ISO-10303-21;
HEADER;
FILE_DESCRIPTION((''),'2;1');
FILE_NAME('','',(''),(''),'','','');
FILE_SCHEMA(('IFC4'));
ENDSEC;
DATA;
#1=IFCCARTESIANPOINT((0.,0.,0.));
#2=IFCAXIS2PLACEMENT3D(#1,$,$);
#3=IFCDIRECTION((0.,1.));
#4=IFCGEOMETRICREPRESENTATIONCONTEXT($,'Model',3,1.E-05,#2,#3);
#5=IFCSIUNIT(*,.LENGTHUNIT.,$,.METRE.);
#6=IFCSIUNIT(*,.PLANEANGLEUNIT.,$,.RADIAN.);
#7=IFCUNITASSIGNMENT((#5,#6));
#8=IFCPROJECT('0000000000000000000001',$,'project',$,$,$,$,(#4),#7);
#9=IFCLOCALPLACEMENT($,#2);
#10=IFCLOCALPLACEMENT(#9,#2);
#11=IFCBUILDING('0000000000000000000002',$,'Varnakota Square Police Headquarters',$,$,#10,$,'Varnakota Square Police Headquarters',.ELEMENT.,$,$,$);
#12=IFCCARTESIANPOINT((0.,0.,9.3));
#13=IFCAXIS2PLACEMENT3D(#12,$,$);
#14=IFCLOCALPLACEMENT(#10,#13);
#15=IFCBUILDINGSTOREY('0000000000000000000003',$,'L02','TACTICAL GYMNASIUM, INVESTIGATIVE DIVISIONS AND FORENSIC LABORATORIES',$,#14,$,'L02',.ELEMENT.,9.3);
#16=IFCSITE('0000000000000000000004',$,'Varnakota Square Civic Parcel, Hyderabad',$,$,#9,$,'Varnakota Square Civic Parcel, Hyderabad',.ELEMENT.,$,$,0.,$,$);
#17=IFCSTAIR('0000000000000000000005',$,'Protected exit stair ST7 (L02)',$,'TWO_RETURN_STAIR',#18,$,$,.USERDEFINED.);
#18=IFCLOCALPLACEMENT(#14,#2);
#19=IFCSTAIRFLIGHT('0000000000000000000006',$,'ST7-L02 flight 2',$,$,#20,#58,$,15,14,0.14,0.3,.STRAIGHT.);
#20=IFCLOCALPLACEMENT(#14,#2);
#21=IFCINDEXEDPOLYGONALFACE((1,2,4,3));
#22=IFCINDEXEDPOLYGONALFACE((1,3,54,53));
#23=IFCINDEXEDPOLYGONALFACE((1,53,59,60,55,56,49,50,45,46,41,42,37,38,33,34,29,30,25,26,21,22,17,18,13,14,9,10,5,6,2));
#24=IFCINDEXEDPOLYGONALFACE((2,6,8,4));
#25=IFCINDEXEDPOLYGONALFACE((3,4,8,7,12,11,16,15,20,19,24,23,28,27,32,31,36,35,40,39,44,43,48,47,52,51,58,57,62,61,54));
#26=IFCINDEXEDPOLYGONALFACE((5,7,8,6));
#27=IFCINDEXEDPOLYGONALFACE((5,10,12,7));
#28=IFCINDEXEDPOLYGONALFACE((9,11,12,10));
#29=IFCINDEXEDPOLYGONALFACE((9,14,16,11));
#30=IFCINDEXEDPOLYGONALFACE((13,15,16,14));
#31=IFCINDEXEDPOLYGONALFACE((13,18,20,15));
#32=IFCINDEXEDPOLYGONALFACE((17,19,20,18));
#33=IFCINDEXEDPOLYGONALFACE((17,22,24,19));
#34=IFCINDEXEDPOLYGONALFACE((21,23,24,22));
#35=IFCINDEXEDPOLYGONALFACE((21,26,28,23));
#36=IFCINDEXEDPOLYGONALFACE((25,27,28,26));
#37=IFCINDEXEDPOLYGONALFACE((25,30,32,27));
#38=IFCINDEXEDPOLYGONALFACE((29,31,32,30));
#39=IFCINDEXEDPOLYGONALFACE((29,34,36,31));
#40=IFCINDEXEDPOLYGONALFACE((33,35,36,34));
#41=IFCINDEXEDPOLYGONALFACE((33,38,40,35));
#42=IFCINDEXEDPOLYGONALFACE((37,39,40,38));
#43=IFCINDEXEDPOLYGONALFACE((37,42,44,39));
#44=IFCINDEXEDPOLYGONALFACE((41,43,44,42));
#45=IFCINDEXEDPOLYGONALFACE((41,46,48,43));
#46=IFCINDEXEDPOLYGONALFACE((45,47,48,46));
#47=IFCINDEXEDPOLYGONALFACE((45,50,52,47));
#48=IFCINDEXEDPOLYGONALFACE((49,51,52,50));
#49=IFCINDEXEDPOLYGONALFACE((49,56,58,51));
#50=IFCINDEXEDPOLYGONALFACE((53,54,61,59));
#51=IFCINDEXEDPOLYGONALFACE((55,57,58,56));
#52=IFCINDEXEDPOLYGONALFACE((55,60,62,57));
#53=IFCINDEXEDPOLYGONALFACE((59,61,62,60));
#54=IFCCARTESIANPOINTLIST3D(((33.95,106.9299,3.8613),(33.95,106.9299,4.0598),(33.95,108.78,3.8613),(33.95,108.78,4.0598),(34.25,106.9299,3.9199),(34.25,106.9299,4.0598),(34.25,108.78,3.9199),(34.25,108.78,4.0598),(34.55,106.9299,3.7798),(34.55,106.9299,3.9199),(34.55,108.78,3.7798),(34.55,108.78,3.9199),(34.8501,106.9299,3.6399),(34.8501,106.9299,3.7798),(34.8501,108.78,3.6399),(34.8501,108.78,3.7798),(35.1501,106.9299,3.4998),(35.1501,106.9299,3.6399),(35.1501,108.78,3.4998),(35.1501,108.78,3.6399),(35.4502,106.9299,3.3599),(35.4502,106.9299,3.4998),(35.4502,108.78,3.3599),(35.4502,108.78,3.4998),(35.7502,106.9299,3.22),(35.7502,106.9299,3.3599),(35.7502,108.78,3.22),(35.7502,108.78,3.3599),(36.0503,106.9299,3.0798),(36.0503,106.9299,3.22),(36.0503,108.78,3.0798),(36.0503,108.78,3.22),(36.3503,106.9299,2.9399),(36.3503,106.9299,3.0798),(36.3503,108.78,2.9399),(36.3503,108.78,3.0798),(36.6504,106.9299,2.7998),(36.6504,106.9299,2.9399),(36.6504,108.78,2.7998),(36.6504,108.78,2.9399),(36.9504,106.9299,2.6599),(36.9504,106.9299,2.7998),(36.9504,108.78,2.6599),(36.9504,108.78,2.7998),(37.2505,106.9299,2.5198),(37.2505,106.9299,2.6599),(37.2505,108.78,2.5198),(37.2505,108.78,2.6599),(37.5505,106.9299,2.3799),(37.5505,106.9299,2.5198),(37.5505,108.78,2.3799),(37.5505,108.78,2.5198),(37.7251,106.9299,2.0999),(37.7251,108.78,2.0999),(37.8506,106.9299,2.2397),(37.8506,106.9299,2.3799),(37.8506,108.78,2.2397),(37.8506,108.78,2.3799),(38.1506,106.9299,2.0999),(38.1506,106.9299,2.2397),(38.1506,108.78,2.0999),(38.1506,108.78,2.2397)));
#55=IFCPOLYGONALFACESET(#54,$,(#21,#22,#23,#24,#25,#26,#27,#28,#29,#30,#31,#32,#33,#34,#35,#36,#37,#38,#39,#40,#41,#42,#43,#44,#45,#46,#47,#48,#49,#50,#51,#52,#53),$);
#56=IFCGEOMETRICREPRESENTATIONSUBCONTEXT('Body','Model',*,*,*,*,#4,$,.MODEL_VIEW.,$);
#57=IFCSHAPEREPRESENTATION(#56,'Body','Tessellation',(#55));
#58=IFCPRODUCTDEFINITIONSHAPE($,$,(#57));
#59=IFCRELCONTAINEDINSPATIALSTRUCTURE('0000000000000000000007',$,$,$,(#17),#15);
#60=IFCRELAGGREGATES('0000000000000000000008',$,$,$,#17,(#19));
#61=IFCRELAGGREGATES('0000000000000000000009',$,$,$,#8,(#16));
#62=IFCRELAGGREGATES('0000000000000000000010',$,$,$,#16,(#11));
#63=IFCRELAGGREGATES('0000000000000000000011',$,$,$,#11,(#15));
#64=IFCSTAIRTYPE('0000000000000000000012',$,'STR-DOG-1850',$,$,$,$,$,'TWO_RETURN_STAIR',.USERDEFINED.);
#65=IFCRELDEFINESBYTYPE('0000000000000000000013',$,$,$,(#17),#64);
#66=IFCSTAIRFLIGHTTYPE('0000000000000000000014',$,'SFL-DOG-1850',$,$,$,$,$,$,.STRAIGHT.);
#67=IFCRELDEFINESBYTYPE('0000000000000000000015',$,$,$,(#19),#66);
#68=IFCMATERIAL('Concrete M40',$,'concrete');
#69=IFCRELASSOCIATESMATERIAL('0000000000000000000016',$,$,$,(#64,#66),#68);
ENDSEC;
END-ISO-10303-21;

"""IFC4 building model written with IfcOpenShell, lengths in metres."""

from ifc_helpers import new_model, si_unit, direction, frame, origin, place, context, subcontext, project, spatial, polyline, outline, extrude, material, type_object, element, aggregate, save


model = new_model("IFC4")

# Units and contexts
model_context = context("Model", 3, precision=1e-05, world=origin(), true_north=direction((0.0, 1.0)))
body_context = subcontext(model_context, "Body", "Model", "MODEL_VIEW")
ifc_project = project(units=[si_unit("LENGTHUNIT", "METRE"), si_unit("PLANEANGLEUNIT", "RADIAN")], contexts=[model_context])

# Site, building, storey
site_placement = place(None, origin())
site = spatial("IfcSite", under=ifc_project, at=site_placement, Name="Varnakota Square Civic Parcel, Hyderabad", LongName="Varnakota Square Civic Parcel, Hyderabad", CompositionType="ELEMENT", RefElevation=0.0)
building_placement = place(site_placement, origin())
building = spatial("IfcBuilding", under=site, at=building_placement, Name="Varnakota Square Police Headquarters", LongName="Varnakota Square Police Headquarters", CompositionType="ELEMENT")
storey_placement = place(building_placement, frame((0.0, 0.0, 9.3)))
storey = spatial("IfcBuildingStorey", under=building, at=storey_placement, Name="L02", Description="TACTICAL GYMNASIUM, INVESTIGATIVE DIVISIONS AND FORENSIC LABORATORIES", LongName="L02", CompositionType="ELEMENT", Elevation=9.3)

# Stair, stair flight
ifc_material_1 = material(Name="Concrete M40", Category="concrete")
stair_type = type_object("IfcStairType", Name="STR-DOG-1850", ElementType="TWO_RETURN_STAIR", PredefinedType="USERDEFINED", material=ifc_material_1)
stair_placement = place(storey_placement, origin())
stair = element("IfcStair", 1, at=stair_placement, inside=storey, type_object=stair_type, Name="Protected exit stair ST7 (L02)", ObjectType="TWO_RETURN_STAIR", PredefinedType="USERDEFINED")
stair_flight_type = type_object("IfcStairFlightType", Name="SFL-DOG-1850", PredefinedType="STRAIGHT", material=ifc_material_1)
stair_flight_1_placement = place(storey_placement, frame((38.1506, 107.855, 2.0999), z_axis=(0.0, 0.0, 1.0), x_axis=(-1.0, 0.0, 0.0)))
stair_flight_1 = element("IfcStairFlight", 2, at=stair_flight_1_placement, type_object=stair_flight_type, Name="ST7-L02 flight 2", NumberOfRisers=15, NumberOfTreads=14, PredefinedType="STRAIGHT", RiserHeight=0.14, TreadLength=0.3, context=body_context, shape_type="SweptSolid", body=[
    extrude(outline(polyline([(0.0, 0.0), (0.0, 0.1399), (0.3, 0.1399), (0.3, 0.28), (0.6001, 0.28), (0.6001, 0.4199), (0.9001, 0.4199), (0.9001, 0.5601), (1.2002, 0.5601), (1.2002, 0.7), (1.5002, 0.7), (1.5002, 0.8401), (1.8003, 0.8401), (1.8003, 0.98), (2.1003, 0.98), (2.1003, 1.1201), (2.4004, 1.1201), (2.4004, 1.26), (2.7004, 1.26), (2.7004, 1.3999), (3.0005, 1.3999), (3.0005, 1.54), (3.3005, 1.54), (3.3005, 1.6799), (3.6006, 1.6799), (3.6006, 1.8201), (3.9006, 1.8201), (3.9006, 1.96), (4.2007, 1.96), (4.2007, 2.1001), (4.2007, 1.7615), (0.4255, 0.0), (0.0, 0.0)])), frame((0.0, 0.925, 0.0), z_axis=(0.0, -1.0, 0.0), x_axis=(1.0, 0.0, 0.0)), (0.0, 0.0, 1.0), 1.8501),
])
aggregate(stair, [stair_flight_1])

save(model, "model.ifc")
